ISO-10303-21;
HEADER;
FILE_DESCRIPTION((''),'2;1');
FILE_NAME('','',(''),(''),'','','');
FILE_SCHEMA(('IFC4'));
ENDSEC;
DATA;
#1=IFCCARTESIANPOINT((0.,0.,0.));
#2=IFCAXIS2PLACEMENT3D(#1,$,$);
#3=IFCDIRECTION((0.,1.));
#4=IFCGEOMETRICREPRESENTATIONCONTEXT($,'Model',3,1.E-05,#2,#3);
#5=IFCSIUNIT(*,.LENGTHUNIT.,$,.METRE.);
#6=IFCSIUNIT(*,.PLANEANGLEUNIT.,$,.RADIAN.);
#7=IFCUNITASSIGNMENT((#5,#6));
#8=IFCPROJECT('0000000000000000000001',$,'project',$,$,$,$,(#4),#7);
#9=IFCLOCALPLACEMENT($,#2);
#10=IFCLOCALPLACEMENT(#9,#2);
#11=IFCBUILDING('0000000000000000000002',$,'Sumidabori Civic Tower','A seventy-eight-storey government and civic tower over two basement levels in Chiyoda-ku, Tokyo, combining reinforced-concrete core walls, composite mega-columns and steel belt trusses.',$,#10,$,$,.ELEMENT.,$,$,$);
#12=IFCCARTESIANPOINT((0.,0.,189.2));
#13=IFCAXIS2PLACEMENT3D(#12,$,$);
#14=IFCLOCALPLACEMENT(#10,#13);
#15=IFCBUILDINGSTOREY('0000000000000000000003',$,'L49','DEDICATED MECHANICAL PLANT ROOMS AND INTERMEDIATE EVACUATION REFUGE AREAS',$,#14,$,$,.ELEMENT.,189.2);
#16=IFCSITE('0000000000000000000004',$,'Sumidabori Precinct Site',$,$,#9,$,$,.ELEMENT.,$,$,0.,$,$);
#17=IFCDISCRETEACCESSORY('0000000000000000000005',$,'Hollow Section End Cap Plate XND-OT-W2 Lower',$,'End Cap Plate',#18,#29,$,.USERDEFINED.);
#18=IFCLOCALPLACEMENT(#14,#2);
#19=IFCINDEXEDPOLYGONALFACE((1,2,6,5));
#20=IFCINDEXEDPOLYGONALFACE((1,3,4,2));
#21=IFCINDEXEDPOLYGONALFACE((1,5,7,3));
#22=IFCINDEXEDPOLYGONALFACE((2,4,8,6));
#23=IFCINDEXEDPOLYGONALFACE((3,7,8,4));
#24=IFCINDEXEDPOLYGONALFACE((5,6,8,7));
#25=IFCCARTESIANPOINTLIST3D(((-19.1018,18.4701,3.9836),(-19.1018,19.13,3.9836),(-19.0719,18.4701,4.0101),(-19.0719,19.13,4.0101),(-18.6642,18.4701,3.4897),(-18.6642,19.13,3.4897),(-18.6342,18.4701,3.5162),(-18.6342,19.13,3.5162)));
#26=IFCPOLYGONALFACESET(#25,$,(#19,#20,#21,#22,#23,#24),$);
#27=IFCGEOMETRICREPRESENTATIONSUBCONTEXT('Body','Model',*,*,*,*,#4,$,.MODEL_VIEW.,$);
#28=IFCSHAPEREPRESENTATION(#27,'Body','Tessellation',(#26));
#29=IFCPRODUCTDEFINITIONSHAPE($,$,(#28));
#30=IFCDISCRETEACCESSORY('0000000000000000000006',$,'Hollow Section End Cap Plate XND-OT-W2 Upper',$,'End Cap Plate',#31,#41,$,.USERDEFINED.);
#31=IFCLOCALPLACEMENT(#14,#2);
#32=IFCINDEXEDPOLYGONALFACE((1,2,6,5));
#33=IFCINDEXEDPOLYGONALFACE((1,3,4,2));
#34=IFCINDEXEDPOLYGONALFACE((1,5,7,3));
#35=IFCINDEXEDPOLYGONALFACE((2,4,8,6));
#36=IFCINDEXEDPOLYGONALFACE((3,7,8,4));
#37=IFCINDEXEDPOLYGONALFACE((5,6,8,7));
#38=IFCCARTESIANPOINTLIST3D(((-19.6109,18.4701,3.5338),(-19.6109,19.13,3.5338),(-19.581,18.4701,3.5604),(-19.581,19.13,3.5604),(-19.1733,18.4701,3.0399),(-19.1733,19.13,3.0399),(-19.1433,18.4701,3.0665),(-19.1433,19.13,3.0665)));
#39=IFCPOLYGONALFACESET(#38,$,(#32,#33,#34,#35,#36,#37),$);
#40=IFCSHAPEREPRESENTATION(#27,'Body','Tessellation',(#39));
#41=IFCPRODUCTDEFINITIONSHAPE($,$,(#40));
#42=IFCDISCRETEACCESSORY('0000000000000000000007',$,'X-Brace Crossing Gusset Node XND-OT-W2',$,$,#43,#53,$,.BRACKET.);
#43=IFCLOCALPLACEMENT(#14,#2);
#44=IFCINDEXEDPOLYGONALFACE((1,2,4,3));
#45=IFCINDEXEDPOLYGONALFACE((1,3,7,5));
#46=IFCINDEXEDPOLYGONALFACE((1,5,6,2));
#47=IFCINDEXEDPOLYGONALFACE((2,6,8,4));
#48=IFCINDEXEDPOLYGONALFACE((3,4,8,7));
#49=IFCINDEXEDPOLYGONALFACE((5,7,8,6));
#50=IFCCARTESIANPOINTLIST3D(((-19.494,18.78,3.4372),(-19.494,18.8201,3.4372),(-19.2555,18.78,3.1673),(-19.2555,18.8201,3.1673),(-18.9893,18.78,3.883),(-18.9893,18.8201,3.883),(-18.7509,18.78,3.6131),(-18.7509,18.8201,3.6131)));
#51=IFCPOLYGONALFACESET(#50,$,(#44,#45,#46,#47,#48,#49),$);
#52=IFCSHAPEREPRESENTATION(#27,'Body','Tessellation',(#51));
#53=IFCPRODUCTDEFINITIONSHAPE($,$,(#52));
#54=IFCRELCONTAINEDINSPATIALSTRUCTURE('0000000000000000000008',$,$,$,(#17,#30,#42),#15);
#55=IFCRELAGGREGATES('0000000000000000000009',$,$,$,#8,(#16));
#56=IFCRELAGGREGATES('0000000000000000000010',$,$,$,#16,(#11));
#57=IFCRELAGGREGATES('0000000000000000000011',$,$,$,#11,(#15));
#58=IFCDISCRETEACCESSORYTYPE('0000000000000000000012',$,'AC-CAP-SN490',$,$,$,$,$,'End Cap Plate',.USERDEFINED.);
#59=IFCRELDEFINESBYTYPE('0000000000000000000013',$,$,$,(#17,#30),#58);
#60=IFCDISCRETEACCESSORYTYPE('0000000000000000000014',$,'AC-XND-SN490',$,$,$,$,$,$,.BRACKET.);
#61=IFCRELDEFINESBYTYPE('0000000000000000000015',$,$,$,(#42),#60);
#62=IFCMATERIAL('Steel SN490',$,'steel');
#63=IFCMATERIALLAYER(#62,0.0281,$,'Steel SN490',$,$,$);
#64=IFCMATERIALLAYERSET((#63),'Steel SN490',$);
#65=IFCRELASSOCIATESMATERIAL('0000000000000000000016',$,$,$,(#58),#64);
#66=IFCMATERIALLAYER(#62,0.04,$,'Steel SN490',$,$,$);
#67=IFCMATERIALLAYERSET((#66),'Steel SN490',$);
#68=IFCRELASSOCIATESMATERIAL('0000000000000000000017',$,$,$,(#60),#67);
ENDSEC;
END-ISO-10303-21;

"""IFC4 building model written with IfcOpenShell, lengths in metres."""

from ifc_helpers import new_model, si_unit, direction, frame, origin, origin_2d, place, context, subcontext, project, spatial, rectangle, extrude, source, transform, mapped, material, layer, layer_set, type_object, element, save


model = new_model("IFC4")

# Units and contexts
model_context = context("Model", 3, precision=1e-05, world=origin(), true_north=direction((0.0, 1.0)))
body_context = subcontext(model_context, "Body", "Model", "MODEL_VIEW")
ifc_project = project(units=[si_unit("LENGTHUNIT", "METRE"), si_unit("PLANEANGLEUNIT", "RADIAN")], contexts=[model_context])

# Site, building, storey
site_placement = place(None, origin())
site = spatial("IfcSite", under=ifc_project, at=site_placement, Name="Sumidabori Precinct Site", CompositionType="ELEMENT", RefElevation=0.0)
building_placement = place(site_placement, origin())
building = spatial("IfcBuilding", under=site, at=building_placement, Name="Sumidabori Civic Tower", Description="A seventy-eight-storey government and civic tower over two basement levels in Chiyoda-ku, Tokyo, combining reinforced-concrete core walls, composite mega-columns and steel belt trusses.", CompositionType="ELEMENT")
storey_placement = place(building_placement, frame((0.0, 0.0, 189.2)))
storey = spatial("IfcBuildingStorey", under=building, at=storey_placement, Name="L49", Description="DEDICATED MECHANICAL PLANT ROOMS AND INTERMEDIATE EVACUATION REFUGE AREAS", CompositionType="ELEMENT", Elevation=189.2)

# Shared definitions
ifc_material_1 = material(Name="Steel SN490", Category="steel")

# Discrete accessories
ifc_layer_1 = layer(ifc_material_1, 0.0281, Name="Steel SN490")
ifc_layer_set_1 = layer_set([ifc_layer_1], Name="Steel SN490")
discrete_accessory_type_1 = type_object("IfcDiscreteAccessoryType", Name="AC-CAP-SN490", ElementType="End Cap Plate", PredefinedType="USERDEFINED", material=ifc_layer_set_1)
shared_shape_1 = source(origin(), body_context, "Body", "SweptSolid", [
    extrude(rectangle(XDim=0.6599, YDim=0.6599, at=origin_2d()), origin(), (0.0, 0.0, 1.0), 0.04),
])
for number, where, z_axis, x_axis, name in (
    (1, (-18.853, 18.8, 3.7632), (-0.748416, 0.0, -0.66323), (0.0, -1.0, 0.0), "Hollow Section End Cap Plate XND-OT-W2 Lower"),
    (2, (-19.3921, 18.8, 3.2869), (0.748416, 0.0, 0.66323), (0.0, 1.0, 0.0), "Hollow Section End Cap Plate XND-OT-W2 Upper"),
):
    element("IfcDiscreteAccessory", number, at=place(storey_placement, frame(where, z_axis=z_axis, x_axis=x_axis)), inside=storey, type_object=discrete_accessory_type_1, Name=name, ObjectType="End Cap Plate", PredefinedType="USERDEFINED", context=body_context, shape_type="MappedRepresentation", body=[
        mapped(shared_shape_1, transform((0.0, 0.0, 0.0), x_axis=(1.0, 0.0, 0.0), y_axis=(0.0, 1.0, 0.0), z_axis=(0.0, 0.0, 1.0), scale=1.0)),
    ])
ifc_layer_2 = layer(ifc_material_1, 0.04, Name="Steel SN490")
ifc_layer_set_2 = layer_set([ifc_layer_2], Name="Steel SN490")
discrete_accessory_type_2 = type_object("IfcDiscreteAccessoryType", Name="AC-XND-SN490", PredefinedType="BRACKET", material=ifc_layer_set_2)
shared_shape_2 = source(origin(), body_context, "Body", "SweptSolid", [
    extrude(rectangle(XDim=0.04, YDim=0.3601, at=origin_2d()), origin(), (0.0, 0.0, 1.0), 0.6733),
])
discrete_accessory_placement = place(storey_placement, frame((-18.8701, 18.8, 3.748), z_axis=(-0.749446, 0.0, -0.662065), x_axis=(0.0, -1.0, 0.0)))
element("IfcDiscreteAccessory", 3, at=discrete_accessory_placement, inside=storey, type_object=discrete_accessory_type_2, Name="X-Brace Crossing Gusset Node XND-OT-W2", PredefinedType="BRACKET", context=body_context, shape_type="MappedRepresentation", body=[
    mapped(shared_shape_2, transform((0.0, 0.0, 0.0), x_axis=(1.0, 0.0, 0.0), y_axis=(0.0, 1.0, 0.0), z_axis=(0.0, 0.0, 1.0), scale=1.0)),
])

save(model, "model.ifc")
